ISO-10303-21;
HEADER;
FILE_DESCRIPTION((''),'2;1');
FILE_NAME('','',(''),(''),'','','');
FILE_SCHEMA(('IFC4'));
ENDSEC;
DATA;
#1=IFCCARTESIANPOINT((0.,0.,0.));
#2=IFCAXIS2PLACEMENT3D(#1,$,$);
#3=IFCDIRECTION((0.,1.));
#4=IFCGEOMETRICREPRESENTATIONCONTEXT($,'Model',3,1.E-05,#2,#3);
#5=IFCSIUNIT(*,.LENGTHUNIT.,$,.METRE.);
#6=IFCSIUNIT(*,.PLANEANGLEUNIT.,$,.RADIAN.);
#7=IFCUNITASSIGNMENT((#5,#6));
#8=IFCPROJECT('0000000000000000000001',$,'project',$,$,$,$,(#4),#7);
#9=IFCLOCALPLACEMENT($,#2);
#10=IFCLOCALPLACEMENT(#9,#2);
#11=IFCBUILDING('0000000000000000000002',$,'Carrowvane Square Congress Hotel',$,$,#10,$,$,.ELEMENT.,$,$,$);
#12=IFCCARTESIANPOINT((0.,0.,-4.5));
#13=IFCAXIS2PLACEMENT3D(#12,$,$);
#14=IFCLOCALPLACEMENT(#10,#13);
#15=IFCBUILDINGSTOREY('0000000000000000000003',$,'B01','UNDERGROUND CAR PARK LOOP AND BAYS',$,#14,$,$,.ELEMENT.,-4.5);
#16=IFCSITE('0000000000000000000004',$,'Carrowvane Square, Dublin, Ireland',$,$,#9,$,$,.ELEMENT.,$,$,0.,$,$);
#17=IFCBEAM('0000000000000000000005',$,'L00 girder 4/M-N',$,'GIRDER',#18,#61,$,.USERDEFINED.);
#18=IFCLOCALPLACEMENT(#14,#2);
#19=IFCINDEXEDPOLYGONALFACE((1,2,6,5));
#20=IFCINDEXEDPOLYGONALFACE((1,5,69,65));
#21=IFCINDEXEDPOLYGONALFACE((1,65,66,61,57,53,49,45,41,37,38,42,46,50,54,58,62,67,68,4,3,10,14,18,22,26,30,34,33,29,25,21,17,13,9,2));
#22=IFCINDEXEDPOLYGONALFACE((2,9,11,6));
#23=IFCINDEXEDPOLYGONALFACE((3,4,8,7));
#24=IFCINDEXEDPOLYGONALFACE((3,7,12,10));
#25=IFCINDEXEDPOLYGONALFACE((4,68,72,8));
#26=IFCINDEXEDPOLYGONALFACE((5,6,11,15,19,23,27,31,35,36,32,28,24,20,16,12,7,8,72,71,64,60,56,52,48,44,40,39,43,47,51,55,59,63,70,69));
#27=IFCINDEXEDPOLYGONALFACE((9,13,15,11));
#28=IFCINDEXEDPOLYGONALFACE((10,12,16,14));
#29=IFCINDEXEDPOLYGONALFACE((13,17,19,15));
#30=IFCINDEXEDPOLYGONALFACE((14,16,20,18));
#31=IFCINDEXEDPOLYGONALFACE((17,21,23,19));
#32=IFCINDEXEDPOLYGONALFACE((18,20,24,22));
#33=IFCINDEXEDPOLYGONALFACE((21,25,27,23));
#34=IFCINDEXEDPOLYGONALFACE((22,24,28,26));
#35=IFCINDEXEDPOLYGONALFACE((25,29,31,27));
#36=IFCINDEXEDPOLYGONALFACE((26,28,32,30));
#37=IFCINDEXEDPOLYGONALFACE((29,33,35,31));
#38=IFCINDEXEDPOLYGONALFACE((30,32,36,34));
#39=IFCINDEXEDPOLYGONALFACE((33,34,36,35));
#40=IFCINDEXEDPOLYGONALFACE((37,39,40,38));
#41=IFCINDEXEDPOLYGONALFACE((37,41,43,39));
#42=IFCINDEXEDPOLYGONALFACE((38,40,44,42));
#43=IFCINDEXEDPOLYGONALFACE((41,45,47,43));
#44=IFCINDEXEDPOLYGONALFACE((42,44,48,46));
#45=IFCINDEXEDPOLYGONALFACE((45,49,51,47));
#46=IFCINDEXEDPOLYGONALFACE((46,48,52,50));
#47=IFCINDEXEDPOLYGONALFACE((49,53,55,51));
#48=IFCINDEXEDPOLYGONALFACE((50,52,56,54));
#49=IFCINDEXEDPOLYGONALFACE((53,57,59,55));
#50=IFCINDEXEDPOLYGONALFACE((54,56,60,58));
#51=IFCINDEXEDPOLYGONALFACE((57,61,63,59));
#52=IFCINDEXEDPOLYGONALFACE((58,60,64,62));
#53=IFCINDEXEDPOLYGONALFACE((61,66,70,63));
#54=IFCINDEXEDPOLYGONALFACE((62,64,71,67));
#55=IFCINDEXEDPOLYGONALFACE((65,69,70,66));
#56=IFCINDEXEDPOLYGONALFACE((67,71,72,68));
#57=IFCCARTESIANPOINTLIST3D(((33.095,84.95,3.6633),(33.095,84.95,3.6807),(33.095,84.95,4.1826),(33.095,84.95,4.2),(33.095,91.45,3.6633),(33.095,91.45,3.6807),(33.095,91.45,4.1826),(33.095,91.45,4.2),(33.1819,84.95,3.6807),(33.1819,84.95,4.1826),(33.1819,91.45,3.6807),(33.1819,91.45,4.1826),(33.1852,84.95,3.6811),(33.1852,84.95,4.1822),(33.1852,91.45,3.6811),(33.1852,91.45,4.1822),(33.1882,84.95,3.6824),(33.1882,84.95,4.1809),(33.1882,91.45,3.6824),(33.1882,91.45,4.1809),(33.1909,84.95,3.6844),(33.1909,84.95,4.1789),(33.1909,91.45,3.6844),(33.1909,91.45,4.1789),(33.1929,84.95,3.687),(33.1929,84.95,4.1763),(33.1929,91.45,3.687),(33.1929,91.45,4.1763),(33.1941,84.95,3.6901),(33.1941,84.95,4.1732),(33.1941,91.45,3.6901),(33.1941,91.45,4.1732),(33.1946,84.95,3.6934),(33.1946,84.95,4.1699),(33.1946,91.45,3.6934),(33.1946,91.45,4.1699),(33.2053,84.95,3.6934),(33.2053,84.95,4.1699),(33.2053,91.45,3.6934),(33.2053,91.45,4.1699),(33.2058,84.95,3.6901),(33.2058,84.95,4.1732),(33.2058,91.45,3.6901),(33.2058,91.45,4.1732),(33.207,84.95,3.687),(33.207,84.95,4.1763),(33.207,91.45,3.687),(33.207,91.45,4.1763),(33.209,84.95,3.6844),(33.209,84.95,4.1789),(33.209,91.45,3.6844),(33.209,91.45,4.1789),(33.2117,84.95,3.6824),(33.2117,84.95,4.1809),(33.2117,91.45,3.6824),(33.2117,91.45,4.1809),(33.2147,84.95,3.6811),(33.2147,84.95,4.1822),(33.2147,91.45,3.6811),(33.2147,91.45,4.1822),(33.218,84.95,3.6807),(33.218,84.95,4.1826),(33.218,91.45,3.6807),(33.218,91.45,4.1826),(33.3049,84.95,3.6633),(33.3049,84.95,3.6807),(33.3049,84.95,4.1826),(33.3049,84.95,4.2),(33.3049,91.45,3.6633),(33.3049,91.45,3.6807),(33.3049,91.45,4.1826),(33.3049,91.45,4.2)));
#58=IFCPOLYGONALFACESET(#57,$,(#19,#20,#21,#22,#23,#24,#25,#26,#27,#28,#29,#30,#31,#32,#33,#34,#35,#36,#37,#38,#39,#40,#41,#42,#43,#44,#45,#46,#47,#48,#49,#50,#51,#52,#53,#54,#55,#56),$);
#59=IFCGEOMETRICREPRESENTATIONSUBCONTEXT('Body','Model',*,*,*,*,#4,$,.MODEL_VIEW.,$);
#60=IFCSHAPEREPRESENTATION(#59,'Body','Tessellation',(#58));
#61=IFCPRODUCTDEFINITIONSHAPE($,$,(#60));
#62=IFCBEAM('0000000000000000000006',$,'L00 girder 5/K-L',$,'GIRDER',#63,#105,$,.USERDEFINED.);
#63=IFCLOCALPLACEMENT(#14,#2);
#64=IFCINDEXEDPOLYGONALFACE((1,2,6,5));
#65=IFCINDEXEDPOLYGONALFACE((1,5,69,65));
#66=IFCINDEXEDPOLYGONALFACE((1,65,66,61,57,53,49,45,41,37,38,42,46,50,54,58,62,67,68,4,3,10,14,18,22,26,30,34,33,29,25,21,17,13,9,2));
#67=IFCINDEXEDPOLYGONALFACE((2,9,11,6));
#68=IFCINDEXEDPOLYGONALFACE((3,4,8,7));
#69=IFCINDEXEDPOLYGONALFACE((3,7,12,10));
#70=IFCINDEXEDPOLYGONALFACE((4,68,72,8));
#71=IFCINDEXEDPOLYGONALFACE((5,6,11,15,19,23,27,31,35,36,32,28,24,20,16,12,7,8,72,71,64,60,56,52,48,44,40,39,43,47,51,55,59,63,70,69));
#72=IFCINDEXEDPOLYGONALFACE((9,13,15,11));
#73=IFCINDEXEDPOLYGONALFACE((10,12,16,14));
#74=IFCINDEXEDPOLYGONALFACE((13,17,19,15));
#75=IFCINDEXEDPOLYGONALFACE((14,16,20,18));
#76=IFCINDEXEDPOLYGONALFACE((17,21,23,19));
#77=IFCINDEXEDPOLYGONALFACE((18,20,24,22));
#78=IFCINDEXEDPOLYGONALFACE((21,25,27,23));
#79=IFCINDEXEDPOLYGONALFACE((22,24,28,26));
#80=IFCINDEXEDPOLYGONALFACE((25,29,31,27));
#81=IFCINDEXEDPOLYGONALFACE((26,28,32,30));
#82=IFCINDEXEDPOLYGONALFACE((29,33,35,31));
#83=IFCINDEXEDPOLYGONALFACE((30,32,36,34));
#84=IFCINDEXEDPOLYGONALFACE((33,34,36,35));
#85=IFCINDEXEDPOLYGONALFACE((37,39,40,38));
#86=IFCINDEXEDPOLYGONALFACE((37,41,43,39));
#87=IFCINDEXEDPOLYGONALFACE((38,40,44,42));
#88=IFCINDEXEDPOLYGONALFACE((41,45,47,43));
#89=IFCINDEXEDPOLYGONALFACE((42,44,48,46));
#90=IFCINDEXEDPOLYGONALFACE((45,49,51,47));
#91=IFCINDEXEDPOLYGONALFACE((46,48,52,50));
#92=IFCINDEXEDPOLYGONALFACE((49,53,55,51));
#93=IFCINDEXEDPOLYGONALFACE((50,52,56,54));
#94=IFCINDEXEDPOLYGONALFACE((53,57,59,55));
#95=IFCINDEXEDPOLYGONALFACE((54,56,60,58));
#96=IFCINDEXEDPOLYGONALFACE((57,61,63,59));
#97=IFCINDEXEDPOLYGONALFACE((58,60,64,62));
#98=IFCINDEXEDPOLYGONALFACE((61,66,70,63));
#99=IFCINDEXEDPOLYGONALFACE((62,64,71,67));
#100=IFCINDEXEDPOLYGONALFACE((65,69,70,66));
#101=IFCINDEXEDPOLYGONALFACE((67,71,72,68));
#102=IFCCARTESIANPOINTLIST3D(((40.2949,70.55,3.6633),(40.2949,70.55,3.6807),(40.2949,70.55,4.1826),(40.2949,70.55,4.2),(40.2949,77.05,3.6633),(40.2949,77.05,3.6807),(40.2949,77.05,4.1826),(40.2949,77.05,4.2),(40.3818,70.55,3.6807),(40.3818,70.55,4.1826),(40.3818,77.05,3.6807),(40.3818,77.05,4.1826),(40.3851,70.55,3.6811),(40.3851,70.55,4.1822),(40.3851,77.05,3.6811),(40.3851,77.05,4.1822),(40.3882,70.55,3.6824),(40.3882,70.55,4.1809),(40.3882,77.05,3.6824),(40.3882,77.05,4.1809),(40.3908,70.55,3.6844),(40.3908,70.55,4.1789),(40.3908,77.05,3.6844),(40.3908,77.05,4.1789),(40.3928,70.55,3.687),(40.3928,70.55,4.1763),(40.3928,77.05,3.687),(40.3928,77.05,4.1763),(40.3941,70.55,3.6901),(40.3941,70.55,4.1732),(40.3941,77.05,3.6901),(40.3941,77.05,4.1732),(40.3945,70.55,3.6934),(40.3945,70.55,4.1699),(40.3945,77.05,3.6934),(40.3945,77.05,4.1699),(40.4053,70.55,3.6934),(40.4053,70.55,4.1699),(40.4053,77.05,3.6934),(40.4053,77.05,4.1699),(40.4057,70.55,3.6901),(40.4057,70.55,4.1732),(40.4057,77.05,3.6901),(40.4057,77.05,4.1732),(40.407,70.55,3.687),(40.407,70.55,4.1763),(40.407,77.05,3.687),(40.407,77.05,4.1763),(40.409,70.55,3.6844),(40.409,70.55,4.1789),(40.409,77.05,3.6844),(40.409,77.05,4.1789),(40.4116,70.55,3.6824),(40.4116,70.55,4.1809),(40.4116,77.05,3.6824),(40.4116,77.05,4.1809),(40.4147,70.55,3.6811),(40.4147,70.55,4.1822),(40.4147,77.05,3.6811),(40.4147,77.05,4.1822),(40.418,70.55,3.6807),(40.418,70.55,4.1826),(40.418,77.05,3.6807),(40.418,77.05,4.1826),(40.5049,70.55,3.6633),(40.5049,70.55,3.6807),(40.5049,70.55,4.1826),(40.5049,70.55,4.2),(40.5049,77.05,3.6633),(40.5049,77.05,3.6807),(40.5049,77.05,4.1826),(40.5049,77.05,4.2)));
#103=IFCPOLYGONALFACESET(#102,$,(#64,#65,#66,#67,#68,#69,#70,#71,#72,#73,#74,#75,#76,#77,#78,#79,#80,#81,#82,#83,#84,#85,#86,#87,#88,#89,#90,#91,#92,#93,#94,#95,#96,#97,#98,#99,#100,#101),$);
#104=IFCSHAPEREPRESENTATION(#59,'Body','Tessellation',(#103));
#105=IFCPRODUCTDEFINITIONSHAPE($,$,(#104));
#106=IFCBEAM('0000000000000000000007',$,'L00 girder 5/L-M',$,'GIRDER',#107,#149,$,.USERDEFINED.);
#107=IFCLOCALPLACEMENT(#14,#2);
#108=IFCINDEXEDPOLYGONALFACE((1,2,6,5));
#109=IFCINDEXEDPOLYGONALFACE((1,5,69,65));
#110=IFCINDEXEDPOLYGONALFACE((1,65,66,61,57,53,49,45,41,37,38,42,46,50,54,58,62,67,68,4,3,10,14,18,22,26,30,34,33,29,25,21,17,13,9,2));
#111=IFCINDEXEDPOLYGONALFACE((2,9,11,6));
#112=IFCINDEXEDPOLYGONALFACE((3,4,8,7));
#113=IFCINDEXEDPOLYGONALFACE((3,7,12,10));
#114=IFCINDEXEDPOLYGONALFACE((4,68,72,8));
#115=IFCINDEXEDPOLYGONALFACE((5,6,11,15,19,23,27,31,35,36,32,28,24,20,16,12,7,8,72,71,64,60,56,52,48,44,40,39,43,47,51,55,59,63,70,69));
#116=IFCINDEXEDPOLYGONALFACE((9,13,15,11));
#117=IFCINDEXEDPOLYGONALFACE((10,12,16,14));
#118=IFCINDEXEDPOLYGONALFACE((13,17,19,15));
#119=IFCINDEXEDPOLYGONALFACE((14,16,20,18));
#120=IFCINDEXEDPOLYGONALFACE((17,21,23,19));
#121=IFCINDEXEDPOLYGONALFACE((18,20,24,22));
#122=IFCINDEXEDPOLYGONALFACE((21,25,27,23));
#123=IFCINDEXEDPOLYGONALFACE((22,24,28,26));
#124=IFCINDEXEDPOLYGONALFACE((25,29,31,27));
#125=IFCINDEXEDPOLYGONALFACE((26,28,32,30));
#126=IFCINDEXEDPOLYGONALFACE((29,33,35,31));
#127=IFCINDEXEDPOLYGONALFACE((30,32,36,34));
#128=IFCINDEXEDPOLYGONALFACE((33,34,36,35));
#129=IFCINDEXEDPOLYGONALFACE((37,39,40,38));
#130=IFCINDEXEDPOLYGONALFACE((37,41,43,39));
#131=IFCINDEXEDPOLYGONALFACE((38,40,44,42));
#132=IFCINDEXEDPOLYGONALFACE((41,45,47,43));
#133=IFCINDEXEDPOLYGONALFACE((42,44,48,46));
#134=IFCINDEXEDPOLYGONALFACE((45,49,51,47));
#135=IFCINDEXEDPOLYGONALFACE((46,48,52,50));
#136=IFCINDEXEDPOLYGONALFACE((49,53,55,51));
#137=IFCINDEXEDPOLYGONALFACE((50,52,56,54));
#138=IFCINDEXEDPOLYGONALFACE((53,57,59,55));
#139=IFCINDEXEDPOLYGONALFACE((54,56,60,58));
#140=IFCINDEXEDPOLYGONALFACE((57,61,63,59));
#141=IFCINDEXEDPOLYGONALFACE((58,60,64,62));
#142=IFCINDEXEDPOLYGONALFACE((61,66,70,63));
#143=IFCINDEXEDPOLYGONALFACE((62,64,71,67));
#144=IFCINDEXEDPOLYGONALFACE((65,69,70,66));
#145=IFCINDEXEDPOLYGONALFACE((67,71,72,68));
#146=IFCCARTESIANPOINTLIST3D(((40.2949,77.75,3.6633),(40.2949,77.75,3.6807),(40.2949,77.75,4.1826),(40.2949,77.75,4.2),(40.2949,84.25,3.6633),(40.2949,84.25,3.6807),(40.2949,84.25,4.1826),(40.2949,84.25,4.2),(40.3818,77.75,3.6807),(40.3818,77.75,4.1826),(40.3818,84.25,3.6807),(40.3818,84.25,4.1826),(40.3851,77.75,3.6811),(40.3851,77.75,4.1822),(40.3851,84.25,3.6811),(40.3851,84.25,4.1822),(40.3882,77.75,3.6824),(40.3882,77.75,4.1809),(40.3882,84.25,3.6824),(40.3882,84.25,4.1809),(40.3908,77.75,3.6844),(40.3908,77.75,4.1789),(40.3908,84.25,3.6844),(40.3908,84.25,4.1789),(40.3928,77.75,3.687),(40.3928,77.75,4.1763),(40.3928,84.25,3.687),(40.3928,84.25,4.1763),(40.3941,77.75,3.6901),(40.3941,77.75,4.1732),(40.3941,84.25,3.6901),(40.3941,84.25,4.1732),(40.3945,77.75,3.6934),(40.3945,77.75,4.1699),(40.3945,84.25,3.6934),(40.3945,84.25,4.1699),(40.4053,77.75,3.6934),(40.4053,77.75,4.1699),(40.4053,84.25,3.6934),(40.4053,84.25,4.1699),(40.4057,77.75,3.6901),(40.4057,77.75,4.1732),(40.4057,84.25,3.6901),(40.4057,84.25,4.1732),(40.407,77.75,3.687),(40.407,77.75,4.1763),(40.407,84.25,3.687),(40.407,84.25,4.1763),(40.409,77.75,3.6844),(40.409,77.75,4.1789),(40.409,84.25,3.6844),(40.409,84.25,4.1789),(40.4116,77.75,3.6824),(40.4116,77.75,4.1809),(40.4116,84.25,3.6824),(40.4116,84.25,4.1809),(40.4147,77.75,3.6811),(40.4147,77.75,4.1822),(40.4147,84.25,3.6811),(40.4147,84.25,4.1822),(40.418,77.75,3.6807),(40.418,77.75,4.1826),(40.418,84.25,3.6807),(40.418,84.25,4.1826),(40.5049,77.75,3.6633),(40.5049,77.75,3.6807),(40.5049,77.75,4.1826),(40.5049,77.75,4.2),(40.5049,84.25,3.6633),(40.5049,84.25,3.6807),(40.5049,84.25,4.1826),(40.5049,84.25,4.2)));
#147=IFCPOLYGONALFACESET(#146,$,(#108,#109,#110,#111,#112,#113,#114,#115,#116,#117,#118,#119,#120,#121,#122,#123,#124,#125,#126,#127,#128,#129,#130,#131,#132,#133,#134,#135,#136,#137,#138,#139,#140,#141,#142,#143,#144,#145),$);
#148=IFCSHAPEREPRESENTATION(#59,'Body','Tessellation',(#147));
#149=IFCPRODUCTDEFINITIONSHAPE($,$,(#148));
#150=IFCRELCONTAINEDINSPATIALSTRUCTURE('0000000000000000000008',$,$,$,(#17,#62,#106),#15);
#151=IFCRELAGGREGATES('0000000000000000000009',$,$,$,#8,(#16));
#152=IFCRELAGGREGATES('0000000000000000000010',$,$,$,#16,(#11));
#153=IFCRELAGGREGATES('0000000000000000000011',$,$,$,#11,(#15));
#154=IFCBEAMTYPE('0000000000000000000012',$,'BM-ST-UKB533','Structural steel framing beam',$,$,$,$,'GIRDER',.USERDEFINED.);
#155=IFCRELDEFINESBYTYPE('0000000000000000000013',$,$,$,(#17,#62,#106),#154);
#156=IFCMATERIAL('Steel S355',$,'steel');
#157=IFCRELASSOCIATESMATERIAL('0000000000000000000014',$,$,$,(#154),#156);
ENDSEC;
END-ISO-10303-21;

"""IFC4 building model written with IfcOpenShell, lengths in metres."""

from ifc_helpers import new_model, si_unit, direction, frame, origin, origin_2d, place, context, subcontext, project, spatial, i_section, extrude, material, material_profile, profile_set, type_object, element, save


model = new_model("IFC4")

# Units and contexts
model_context = context("Model", 3, precision=1e-05, world=origin(), true_north=direction((0.0, 1.0)))
body_context = subcontext(model_context, "Body", "Model", "MODEL_VIEW")
ifc_project = project(units=[si_unit("LENGTHUNIT", "METRE"), si_unit("PLANEANGLEUNIT", "RADIAN")], contexts=[model_context])

# Site, building, storey
site_placement = place(None, origin())
site = spatial("IfcSite", under=ifc_project, at=site_placement, Name="Carrowvane Square, Dublin, Ireland", CompositionType="ELEMENT", RefElevation=0.0)
building_placement = place(site_placement, origin())
building = spatial("IfcBuilding", under=site, at=building_placement, Name="Carrowvane Square Congress Hotel", CompositionType="ELEMENT")
storey_placement = place(building_placement, frame((0.0, 0.0, -4.5)))
storey = spatial("IfcBuildingStorey", under=building, at=storey_placement, Name="B01", Description="UNDERGROUND CAR PARK LOOP AND BAYS", CompositionType="ELEMENT", Elevation=-4.5)

# Beams
ifc_material_1 = material(Name="Steel S355", Category="steel")
ifc_material_profile_1 = material_profile(ifc_material_1, i_section(OverallWidth=0.21, OverallDepth=0.5366, WebThickness=0.0107, FlangeThickness=0.0173, FilletRadius=0.0127, at=origin_2d()), Name="UKB 533x210x101")
ifc_profile_set_1 = profile_set([ifc_material_profile_1], Name="Steel S355")
beam_type_1 = type_object("IfcBeamType", Name="BM-ST-UKB533", Description="Structural steel framing beam", ElementType="GIRDER", PredefinedType="USERDEFINED", material=ifc_profile_set_1)
for number, where, z_axis, x_axis, name in (
    (1, (33.2, 84.95, 3.9316), (0.0, 1.0, 0.0), (-1.0, 0.0, 0.0), "L00 girder 4/M-N"),
    (2, (40.3999, 70.55, 3.9316), (0.0, 1.0, 0.0), (-1.0, 0.0, 0.0), "L00 girder 5/K-L"),
    (3, (40.3999, 77.75, 3.9316), (0.0, 1.0, 0.0), (-1.0, 0.0, 0.0), "L00 girder 5/L-M"),
):
    element("IfcBeam", number, at=place(storey_placement, frame(where, z_axis=z_axis, x_axis=x_axis)), inside=storey, type_object=beam_type_1, Name=name, ObjectType="GIRDER", PredefinedType="USERDEFINED", context=body_context, shape_type="SweptSolid", body=[
        extrude(i_section(OverallWidth=0.21, OverallDepth=0.5366, WebThickness=0.0107, FlangeThickness=0.0173, FilletRadius=0.0127, at=origin_2d()), origin(), (0.0, 0.0, 1.0), 6.5),
    ])

save(model, "model.ifc")
